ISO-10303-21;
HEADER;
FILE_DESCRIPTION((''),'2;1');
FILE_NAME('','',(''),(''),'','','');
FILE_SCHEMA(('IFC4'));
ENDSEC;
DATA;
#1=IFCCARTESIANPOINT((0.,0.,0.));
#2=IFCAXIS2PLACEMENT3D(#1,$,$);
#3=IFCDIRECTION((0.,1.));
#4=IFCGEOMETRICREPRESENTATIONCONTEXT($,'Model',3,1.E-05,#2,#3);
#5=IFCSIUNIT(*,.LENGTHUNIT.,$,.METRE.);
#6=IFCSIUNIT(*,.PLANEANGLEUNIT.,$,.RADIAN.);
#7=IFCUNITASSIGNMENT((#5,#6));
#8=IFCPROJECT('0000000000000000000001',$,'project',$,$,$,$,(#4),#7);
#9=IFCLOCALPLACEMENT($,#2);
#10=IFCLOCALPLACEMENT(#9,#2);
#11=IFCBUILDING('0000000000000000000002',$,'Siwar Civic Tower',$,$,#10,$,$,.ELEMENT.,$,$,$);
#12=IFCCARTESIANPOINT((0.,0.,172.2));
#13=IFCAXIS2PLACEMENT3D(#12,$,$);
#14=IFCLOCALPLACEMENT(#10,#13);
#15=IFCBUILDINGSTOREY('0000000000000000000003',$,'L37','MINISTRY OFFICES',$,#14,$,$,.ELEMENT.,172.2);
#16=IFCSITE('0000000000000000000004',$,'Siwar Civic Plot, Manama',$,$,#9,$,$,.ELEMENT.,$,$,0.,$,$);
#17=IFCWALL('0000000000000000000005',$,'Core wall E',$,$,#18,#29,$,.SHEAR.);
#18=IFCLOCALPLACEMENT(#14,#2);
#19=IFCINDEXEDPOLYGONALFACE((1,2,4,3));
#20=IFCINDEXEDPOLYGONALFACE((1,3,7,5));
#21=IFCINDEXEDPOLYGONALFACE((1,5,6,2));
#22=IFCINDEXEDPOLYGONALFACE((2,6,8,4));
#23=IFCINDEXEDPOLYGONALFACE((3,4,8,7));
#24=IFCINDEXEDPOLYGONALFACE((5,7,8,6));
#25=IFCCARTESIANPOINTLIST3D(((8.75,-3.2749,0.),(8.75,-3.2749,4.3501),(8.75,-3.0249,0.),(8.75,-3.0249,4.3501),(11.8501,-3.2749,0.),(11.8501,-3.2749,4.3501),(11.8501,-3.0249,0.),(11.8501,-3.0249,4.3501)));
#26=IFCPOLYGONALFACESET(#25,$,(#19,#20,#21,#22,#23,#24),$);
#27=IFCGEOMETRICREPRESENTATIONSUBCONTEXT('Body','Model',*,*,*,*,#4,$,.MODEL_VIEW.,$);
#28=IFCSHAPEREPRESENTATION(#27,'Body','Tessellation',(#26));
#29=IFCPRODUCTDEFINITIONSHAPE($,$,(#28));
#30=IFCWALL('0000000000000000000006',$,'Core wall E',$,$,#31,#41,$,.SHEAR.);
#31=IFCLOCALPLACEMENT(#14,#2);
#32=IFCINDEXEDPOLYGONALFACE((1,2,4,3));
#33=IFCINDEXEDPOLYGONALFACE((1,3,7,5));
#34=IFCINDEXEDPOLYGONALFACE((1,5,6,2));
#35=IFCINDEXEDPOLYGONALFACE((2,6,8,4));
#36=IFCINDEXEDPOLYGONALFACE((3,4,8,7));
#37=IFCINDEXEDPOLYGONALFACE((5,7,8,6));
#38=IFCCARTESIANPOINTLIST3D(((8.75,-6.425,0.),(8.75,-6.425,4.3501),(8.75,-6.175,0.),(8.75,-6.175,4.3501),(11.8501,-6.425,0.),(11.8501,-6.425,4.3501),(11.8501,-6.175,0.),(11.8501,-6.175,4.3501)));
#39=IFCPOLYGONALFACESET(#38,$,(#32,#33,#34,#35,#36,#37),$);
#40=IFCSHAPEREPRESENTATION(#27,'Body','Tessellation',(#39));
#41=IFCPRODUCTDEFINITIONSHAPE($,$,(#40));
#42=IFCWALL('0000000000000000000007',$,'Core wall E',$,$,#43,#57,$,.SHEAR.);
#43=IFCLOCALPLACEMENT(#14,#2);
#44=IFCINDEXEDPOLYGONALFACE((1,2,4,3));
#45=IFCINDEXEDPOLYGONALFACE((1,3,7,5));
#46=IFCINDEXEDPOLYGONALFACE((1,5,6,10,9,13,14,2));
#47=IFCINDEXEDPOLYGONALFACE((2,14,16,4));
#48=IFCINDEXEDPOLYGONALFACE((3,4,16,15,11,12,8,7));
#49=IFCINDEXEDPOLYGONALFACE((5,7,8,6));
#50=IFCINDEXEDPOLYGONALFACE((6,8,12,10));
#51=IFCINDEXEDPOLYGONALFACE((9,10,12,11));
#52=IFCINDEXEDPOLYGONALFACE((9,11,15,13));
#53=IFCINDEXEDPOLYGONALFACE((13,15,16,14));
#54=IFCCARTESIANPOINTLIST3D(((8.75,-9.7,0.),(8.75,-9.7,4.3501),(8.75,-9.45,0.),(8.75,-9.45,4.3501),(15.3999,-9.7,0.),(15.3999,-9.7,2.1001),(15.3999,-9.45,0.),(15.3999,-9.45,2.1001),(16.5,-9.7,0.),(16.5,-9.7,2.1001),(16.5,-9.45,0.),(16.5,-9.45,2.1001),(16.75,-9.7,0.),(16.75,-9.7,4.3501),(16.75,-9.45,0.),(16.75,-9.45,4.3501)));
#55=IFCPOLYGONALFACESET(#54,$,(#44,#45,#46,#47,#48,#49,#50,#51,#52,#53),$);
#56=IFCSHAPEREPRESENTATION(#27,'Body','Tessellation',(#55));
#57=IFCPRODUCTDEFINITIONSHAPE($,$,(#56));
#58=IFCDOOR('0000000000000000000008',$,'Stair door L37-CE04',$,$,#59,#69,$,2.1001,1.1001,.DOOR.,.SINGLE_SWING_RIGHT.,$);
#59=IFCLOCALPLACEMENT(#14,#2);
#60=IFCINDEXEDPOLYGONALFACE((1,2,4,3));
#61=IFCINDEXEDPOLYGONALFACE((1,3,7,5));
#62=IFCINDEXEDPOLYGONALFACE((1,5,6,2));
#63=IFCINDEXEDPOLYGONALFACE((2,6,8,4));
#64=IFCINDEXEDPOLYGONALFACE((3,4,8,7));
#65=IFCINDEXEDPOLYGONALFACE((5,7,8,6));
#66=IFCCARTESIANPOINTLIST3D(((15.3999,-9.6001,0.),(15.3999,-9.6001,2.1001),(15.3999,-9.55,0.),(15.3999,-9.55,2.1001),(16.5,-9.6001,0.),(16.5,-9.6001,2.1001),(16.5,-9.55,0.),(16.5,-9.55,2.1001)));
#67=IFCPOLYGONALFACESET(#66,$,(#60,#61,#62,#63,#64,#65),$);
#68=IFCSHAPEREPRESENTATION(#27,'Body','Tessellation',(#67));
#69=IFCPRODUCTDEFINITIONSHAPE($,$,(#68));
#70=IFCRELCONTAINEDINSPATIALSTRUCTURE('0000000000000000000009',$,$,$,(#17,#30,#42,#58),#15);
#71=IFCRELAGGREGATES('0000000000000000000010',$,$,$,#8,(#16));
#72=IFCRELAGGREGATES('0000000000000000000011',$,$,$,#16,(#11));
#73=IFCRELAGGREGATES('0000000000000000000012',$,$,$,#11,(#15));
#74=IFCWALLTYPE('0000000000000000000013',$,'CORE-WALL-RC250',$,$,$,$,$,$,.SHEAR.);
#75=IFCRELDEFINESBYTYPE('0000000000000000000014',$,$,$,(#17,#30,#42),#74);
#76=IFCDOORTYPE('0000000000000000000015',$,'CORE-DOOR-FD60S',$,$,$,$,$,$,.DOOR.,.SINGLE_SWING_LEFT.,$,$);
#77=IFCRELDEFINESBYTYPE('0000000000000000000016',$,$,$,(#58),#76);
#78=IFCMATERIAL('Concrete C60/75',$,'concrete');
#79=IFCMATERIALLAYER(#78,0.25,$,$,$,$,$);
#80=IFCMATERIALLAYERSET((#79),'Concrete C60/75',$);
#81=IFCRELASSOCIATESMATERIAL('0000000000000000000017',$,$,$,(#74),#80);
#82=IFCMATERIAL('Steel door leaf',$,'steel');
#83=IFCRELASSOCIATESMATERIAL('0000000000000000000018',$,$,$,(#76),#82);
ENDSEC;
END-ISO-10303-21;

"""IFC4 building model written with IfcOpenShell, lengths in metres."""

from ifc_helpers import new_model, si_unit, direction, frame, frame_2d, origin, place, context, subcontext, project, spatial, rectangle, extrude, material, layer, layer_set, type_object, element, fill, save


model = new_model("IFC4")

# Units and contexts
model_context = context("Model", 3, precision=1e-05, world=origin(), true_north=direction((0.0, 1.0)))
body_context = subcontext(model_context, "Body", "Model", "MODEL_VIEW")
ifc_project = project(units=[si_unit("LENGTHUNIT", "METRE"), si_unit("PLANEANGLEUNIT", "RADIAN")], contexts=[model_context])

# Site, building, storey
site_placement = place(None, origin())
site = spatial("IfcSite", under=ifc_project, at=site_placement, Name="Siwar Civic Plot, Manama", CompositionType="ELEMENT", RefElevation=0.0)
building_placement = place(site_placement, origin())
building = spatial("IfcBuilding", under=site, at=building_placement, Name="Siwar Civic Tower", CompositionType="ELEMENT")
storey_placement = place(building_placement, frame((0.0, 0.0, 172.2)))
storey = spatial("IfcBuildingStorey", under=building, at=storey_placement, Name="L37", Description="MINISTRY OFFICES", CompositionType="ELEMENT", Elevation=172.2)

# Shared definitions
ifc_material_1 = material(Name="Concrete C60/75", Category="concrete")
ifc_layer_1 = layer(ifc_material_1, 0.25)
ifc_layer_set_1 = layer_set([ifc_layer_1], Name="Concrete C60/75")
wall_type_1 = type_object("IfcWallType", Name="CORE-WALL-RC250", PredefinedType="SHEAR", material=ifc_layer_set_1)

# Walls
for number, where, z_axis, x_axis, name in (
    (1, (8.75, -3.1499, 0.0), (0.0, 0.0, 1.0), (1.0, 0.0, 0.0), "Core wall E"),
    (2, (8.75, -6.3, 0.0), (0.0, 0.0, 1.0), (1.0, 0.0, 0.0), "Core wall E"),
):
    element("IfcWall", number, at=place(storey_placement, frame(where, z_axis=z_axis, x_axis=x_axis)), inside=storey, type_object=wall_type_1, Name=name, PredefinedType="SHEAR", context=body_context, shape_type="SweptSolid", body=[
        extrude(rectangle(XDim=3.1001, YDim=0.25, at=frame_2d((1.55, 0.0))), origin(), (0.0, 0.0, 1.0), 4.3501),
    ])

# Wall, opening, door
wall_1_placement = place(storey_placement, frame((8.75, -9.575, 0.0), z_axis=(0.0, 0.0, 1.0), x_axis=(1.0, 0.0, 0.0)))
wall_1 = element("IfcWall", 3, at=wall_1_placement, inside=storey, type_object=wall_type_1, Name="Core wall E", PredefinedType="SHEAR", context=body_context, shape_type="SweptSolid", body=[
    extrude(rectangle(XDim=8.0, YDim=0.25, at=frame_2d((4.0, 0.0))), origin(), (0.0, 0.0, 1.0), 4.3501),
])
opening_1_placement = place(wall_1_placement, frame((6.6499, 0.0, 0.0)))
opening_1 = element("IfcOpeningElement", 4, at=opening_1_placement, cuts=wall_1, PredefinedType="OPENING", context=body_context, shape_type="SweptSolid", body=[
    extrude(rectangle(XDim=1.1001, YDim=2.1001, at=frame_2d((0.55, 1.05))), frame((0.0, 0.135, 0.0), z_axis=(0.0, -1.0, 0.0), x_axis=(1.0, 0.0, 0.0)), (0.0, 0.0, 1.0), 0.27),
])
ifc_material_2 = material(Name="Steel door leaf", Category="steel")
door_type_1 = type_object("IfcDoorType", Name="CORE-DOOR-FD60S", OperationType="SINGLE_SWING_LEFT", PredefinedType="DOOR", material=ifc_material_2)
door_1_placement = place(opening_1_placement, origin())
door_1 = element("IfcDoor", 5, at=door_1_placement, inside=storey, type_object=door_type_1, Name="Stair door L37-CE04", OperationType="SINGLE_SWING_RIGHT", OverallHeight=2.1001, OverallWidth=1.1001, PredefinedType="DOOR", context=body_context, shape_type="SweptSolid", body=[
    extrude(rectangle(XDim=1.1001, YDim=2.1001, at=frame_2d((0.55, 1.05))), frame((0.0, 0.0249, 0.0), z_axis=(0.0, -1.0, 0.0), x_axis=(1.0, 0.0, 0.0)), (0.0, 0.0, 1.0), 0.05),
])
fill(opening_1, door_1)

save(model, "model.ifc")
